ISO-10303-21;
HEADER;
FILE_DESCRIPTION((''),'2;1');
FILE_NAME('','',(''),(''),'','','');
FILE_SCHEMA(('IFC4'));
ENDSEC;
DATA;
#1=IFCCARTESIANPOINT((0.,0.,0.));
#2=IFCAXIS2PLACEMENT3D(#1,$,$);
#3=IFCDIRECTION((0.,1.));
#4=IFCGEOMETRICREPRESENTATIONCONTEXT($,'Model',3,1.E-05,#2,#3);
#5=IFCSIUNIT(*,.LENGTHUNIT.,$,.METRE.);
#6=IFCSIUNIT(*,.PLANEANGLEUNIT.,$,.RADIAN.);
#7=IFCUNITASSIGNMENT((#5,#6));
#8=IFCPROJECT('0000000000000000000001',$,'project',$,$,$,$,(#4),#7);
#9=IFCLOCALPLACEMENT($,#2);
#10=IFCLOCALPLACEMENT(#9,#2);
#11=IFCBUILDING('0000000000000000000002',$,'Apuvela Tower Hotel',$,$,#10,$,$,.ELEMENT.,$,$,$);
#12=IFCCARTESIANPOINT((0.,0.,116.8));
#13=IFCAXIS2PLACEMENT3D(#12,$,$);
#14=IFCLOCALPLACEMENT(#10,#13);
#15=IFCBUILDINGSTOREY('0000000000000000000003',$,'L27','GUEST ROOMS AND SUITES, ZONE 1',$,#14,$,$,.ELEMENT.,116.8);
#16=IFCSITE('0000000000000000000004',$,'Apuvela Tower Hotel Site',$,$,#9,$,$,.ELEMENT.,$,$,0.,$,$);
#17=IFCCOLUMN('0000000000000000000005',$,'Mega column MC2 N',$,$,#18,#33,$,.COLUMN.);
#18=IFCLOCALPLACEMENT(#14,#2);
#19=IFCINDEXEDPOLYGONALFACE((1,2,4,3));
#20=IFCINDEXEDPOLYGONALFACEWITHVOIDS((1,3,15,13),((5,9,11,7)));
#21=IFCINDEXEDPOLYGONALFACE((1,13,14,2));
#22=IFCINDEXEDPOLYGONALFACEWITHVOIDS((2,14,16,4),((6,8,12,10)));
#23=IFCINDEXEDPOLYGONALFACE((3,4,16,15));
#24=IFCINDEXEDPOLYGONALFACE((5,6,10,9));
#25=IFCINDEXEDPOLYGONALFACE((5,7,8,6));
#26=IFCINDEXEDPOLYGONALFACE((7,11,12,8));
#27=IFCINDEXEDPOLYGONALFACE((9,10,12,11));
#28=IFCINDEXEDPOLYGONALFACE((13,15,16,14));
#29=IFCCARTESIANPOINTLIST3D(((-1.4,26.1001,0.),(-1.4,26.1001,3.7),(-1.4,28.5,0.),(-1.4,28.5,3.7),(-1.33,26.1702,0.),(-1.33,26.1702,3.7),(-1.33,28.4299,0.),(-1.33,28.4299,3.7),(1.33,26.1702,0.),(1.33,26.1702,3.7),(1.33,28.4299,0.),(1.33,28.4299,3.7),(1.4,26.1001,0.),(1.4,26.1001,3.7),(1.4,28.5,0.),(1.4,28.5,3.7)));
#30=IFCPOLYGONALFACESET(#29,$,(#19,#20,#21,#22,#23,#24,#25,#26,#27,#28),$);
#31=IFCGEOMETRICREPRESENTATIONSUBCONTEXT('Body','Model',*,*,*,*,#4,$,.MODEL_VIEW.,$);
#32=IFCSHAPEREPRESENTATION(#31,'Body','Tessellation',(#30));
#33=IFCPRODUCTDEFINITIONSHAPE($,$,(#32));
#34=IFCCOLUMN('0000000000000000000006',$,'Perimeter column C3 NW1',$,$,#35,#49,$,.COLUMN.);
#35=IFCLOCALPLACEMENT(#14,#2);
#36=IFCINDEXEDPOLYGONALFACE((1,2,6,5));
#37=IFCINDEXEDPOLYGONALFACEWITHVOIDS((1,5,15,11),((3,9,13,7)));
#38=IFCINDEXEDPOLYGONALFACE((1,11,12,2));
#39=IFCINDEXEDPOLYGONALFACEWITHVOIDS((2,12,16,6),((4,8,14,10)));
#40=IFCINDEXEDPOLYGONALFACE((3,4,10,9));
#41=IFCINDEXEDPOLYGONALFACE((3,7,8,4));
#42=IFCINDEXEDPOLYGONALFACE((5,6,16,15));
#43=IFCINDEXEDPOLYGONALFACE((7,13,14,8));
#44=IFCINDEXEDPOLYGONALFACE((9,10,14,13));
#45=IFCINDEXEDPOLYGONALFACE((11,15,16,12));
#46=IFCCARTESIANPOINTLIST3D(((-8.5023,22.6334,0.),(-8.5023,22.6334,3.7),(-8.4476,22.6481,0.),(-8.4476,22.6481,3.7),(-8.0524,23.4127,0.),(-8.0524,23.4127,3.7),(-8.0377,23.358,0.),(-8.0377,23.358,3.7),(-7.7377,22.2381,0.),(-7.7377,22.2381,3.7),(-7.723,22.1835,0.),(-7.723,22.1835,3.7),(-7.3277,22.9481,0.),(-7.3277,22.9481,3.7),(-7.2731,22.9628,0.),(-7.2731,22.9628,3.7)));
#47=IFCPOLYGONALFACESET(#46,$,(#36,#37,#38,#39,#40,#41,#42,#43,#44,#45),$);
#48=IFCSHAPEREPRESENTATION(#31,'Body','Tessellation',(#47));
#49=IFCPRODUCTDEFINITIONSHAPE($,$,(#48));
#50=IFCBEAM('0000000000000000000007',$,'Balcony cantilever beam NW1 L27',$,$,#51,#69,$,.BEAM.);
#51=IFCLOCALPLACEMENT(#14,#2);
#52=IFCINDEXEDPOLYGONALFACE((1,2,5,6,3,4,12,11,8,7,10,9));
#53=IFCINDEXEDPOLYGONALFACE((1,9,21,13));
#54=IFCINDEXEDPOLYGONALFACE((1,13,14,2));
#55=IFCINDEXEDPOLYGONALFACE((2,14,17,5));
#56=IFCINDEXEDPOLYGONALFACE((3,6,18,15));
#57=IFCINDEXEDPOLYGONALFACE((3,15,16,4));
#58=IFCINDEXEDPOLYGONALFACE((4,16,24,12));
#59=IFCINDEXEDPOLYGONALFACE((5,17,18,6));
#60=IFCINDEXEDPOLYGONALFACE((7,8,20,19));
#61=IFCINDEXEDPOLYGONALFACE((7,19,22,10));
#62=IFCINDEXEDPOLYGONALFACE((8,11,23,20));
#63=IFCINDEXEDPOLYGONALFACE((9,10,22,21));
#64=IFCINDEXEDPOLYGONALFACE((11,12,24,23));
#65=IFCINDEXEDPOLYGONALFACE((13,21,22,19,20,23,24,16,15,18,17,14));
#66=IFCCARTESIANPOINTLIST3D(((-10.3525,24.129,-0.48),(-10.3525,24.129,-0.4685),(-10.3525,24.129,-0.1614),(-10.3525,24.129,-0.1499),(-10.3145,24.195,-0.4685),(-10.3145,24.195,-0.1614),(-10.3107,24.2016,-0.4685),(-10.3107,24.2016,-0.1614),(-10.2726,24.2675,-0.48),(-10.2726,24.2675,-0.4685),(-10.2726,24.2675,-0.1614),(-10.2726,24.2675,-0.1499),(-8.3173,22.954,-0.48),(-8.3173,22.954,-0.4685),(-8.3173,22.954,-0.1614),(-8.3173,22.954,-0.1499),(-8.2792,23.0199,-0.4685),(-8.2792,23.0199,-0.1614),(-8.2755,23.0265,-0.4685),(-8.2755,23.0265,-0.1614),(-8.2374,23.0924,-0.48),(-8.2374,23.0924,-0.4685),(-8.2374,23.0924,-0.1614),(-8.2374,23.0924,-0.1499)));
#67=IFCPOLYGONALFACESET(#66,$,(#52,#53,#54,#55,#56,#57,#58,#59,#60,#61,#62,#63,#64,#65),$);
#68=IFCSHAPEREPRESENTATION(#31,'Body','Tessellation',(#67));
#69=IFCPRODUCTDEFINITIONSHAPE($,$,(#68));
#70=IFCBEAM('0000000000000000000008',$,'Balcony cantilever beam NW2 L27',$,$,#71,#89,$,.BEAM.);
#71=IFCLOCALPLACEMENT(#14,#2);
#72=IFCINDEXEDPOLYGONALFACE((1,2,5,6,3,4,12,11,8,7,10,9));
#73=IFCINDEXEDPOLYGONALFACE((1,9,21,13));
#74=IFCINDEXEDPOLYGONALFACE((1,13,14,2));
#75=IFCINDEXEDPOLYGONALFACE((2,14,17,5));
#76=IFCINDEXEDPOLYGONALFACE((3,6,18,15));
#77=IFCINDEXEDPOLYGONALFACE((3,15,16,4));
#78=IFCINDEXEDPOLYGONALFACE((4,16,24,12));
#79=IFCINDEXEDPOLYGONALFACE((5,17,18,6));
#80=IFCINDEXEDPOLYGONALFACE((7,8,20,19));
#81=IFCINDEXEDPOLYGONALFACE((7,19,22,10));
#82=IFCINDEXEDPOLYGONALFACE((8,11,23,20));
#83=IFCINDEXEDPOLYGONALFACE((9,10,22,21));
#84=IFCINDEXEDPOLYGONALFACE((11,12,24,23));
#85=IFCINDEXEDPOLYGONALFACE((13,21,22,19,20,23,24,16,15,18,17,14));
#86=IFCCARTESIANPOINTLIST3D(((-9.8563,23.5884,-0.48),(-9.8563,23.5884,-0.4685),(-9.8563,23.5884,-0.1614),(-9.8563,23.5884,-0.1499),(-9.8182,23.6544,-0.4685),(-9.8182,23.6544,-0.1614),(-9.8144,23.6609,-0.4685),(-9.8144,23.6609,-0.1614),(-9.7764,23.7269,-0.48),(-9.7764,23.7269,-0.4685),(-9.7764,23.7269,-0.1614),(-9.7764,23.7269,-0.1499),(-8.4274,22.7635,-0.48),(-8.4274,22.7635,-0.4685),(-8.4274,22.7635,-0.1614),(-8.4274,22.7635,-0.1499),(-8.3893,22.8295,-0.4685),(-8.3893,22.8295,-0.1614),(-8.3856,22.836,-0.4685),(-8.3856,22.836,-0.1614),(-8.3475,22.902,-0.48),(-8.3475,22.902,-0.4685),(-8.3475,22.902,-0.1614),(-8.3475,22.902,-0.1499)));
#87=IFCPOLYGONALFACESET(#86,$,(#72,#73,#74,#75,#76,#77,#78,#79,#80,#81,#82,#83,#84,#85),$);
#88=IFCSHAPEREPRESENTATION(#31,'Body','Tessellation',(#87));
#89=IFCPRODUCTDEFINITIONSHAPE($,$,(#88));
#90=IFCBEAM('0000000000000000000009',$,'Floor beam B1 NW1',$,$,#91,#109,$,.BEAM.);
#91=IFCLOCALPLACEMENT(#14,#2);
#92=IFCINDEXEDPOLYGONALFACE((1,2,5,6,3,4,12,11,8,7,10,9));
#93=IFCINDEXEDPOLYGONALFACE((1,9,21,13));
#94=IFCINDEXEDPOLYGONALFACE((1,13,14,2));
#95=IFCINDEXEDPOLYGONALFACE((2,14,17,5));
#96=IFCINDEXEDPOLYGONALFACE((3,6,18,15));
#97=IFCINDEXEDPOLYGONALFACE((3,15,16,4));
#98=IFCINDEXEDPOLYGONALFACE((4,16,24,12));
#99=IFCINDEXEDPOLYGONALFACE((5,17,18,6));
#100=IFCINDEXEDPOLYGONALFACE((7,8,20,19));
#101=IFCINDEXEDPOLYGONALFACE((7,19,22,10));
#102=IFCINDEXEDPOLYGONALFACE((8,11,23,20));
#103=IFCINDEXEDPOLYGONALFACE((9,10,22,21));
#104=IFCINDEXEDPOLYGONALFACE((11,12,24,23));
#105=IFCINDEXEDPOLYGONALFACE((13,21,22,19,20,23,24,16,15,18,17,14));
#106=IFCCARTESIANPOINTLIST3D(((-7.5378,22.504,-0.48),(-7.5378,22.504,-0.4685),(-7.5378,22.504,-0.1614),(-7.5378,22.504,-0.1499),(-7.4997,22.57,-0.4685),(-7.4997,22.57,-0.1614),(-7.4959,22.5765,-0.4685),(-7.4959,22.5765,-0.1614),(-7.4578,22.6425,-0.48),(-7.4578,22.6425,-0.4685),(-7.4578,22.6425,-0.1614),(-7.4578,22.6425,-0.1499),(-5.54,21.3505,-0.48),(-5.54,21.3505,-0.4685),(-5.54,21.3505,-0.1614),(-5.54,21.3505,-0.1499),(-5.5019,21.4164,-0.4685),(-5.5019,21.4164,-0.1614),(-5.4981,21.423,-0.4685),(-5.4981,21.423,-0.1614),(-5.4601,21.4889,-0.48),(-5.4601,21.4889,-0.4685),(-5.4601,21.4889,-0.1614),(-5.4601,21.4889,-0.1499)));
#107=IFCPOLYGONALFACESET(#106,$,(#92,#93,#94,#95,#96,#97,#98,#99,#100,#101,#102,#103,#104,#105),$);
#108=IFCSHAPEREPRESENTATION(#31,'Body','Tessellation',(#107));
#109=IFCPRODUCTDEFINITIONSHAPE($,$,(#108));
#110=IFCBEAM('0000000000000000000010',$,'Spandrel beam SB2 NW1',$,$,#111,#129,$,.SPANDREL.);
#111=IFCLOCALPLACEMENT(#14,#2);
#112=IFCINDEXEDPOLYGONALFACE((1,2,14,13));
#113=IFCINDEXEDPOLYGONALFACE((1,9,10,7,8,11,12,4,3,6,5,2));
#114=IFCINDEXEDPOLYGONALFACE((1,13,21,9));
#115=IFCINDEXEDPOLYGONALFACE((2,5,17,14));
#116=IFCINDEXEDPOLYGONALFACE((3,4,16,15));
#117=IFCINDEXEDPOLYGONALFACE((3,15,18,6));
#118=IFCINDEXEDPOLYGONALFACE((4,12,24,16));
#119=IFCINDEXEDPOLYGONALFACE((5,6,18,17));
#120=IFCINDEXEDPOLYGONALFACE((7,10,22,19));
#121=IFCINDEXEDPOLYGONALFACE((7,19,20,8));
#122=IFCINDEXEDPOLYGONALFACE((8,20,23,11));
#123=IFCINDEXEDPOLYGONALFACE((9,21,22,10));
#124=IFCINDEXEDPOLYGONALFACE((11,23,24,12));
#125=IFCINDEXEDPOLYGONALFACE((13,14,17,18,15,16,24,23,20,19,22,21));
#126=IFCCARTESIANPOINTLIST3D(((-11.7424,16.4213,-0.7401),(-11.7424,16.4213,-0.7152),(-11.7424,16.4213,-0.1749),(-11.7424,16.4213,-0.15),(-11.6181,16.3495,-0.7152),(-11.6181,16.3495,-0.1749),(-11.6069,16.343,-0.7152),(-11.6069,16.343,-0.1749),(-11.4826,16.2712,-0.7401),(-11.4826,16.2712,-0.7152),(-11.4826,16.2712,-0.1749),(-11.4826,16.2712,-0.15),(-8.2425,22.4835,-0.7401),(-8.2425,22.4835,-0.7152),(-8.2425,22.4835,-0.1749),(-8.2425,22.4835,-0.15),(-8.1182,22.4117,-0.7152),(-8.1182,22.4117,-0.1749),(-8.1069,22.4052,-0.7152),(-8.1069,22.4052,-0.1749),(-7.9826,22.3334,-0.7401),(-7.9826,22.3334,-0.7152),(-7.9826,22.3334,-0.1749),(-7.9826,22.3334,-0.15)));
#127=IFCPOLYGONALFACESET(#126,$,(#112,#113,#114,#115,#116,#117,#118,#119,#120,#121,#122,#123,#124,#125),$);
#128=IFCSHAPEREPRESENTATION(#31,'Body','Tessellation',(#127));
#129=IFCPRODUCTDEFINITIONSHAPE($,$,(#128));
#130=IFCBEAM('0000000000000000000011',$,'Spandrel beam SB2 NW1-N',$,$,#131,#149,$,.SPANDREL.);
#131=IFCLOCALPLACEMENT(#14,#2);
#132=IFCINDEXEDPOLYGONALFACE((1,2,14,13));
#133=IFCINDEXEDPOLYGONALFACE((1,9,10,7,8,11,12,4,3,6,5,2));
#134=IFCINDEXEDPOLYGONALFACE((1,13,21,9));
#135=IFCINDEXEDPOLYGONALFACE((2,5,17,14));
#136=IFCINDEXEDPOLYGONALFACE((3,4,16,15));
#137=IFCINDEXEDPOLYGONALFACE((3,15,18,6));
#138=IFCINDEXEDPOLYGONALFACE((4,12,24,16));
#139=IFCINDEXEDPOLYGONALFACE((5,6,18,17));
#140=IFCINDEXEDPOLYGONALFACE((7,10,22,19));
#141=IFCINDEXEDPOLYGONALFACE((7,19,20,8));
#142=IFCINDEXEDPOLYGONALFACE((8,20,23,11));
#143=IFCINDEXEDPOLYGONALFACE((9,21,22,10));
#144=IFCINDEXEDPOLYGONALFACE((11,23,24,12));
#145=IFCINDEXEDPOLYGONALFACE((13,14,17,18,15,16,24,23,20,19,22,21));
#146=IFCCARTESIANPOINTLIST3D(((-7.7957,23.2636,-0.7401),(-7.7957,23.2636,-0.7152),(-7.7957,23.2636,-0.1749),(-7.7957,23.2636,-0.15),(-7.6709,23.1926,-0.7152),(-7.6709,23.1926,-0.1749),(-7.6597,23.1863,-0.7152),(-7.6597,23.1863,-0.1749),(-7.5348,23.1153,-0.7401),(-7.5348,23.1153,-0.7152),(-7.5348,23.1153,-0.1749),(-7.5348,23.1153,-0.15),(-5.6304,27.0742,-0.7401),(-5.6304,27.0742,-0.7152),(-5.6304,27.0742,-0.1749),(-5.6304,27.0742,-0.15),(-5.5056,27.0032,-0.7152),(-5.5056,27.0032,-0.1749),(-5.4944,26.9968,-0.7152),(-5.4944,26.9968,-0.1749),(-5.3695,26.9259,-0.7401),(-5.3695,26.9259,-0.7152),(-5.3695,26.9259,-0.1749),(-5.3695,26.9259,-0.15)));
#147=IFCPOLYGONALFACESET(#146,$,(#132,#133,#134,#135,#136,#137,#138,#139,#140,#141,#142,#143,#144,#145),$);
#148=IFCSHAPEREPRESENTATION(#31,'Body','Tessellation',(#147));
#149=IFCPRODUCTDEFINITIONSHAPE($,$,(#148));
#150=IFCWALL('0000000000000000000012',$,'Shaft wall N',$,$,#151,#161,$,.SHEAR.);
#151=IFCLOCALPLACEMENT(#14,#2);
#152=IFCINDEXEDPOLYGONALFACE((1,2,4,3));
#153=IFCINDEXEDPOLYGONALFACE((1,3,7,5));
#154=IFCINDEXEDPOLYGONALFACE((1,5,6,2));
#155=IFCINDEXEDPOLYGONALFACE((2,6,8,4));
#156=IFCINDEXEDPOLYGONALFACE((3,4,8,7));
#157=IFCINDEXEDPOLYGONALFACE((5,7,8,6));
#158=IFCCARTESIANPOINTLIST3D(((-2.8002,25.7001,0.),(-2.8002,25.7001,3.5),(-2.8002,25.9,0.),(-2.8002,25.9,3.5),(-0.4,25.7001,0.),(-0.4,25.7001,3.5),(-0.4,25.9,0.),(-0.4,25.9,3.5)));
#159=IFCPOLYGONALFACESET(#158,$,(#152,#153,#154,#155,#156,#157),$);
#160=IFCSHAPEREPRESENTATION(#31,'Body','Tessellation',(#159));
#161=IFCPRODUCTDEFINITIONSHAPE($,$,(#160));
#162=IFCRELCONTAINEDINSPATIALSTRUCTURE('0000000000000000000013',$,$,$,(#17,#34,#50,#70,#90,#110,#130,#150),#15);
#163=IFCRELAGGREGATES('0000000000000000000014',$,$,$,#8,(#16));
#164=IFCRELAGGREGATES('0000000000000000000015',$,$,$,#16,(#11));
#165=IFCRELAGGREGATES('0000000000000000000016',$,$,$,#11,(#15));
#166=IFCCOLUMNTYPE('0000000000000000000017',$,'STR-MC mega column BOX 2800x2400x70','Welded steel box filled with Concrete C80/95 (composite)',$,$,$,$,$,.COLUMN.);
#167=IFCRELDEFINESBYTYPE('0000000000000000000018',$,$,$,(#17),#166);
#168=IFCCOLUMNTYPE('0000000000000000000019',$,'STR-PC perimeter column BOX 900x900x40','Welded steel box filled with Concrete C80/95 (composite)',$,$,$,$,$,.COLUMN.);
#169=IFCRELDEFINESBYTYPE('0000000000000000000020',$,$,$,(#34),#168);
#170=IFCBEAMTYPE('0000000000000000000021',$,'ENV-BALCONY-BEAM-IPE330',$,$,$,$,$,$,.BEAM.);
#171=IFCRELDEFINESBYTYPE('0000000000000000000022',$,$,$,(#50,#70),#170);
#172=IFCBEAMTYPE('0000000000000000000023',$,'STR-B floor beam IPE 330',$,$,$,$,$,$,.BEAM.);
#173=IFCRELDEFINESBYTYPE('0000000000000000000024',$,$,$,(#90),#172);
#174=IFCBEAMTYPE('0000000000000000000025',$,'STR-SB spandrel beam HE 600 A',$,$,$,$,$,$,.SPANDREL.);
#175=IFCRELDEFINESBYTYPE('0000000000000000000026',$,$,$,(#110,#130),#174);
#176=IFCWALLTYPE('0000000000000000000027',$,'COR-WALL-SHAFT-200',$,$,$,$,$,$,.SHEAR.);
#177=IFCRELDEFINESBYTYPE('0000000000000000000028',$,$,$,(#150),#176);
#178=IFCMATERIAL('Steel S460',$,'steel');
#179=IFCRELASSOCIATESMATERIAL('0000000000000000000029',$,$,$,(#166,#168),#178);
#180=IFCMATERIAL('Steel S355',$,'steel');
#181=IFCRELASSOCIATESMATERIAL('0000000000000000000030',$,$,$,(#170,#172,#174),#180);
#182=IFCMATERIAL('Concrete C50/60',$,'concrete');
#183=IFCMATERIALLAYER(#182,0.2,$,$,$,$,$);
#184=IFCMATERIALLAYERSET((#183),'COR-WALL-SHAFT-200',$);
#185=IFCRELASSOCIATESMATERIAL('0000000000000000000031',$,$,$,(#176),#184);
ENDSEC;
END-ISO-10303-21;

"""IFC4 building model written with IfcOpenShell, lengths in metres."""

from ifc_helpers import new_model, si_unit, direction, frame, frame_2d, origin, origin_2d, place, context, subcontext, project, spatial, rectangle, hollow_rectangle, i_section, extrude, material, layer, layer_set, material_profile, profile_set, type_object, element, save


model = new_model("IFC4")

# Units and contexts
model_context = context("Model", 3, precision=1e-05, world=origin(), true_north=direction((0.0, 1.0)))
body_context = subcontext(model_context, "Body", "Model", "MODEL_VIEW")
ifc_project = project(units=[si_unit("LENGTHUNIT", "METRE"), si_unit("PLANEANGLEUNIT", "RADIAN")], contexts=[model_context])

# Site, building, storey
site_placement = place(None, origin())
site = spatial("IfcSite", under=ifc_project, at=site_placement, Name="Apuvela Tower Hotel Site", CompositionType="ELEMENT", RefElevation=0.0)
building_placement = place(site_placement, origin())
building = spatial("IfcBuilding", under=site, at=building_placement, Name="Apuvela Tower Hotel", CompositionType="ELEMENT")
storey_placement = place(building_placement, frame((0.0, 0.0, 116.8)))
storey = spatial("IfcBuildingStorey", under=building, at=storey_placement, Name="L27", Description="GUEST ROOMS AND SUITES, ZONE 1", CompositionType="ELEMENT", Elevation=116.8)

# Columns
ifc_material_1 = material(Name="Steel S460", Category="steel")
ifc_material_profile_1 = material_profile(ifc_material_1, hollow_rectangle(XDim=2.8, YDim=2.3999, WallThickness=0.0701, at=origin_2d()), Name="BOX 2800x2400x70")
ifc_material_2 = material(Name="Concrete C80/95", Category="concrete")
ifc_material_profile_2 = material_profile(ifc_material_2, rectangle(XDim=2.6599, YDim=2.26, at=origin_2d()), Name="Concrete C80/95 infill")
ifc_profile_set_1 = profile_set([ifc_material_profile_1, ifc_material_profile_2], Name="Steel S460")
column_type_1 = type_object("IfcColumnType", Name="STR-MC mega column BOX 2800x2400x70", Description="Welded steel box filled with Concrete C80/95 (composite)", PredefinedType="COLUMN", material=ifc_profile_set_1)
column_1_placement = place(storey_placement, frame((0.0, 27.3, 0.0), z_axis=(0.0, 0.0, 1.0), x_axis=(1.0, 0.0, 0.0)))
element("IfcColumn", 1, at=column_1_placement, inside=storey, type_object=column_type_1, Name="Mega column MC2 N", PredefinedType="COLUMN", context=body_context, shape_type="SweptSolid", body=[
    extrude(hollow_rectangle(XDim=2.8, YDim=2.3999, WallThickness=0.0701, at=origin_2d()), origin(), (0.0, 0.0, 1.0), 3.7),
])
ifc_material_profile_3 = material_profile(ifc_material_1, hollow_rectangle(XDim=0.8999, YDim=0.8999, WallThickness=0.04, at=origin_2d()), Name="BOX 900x900x40")
ifc_material_profile_4 = material_profile(ifc_material_2, rectangle(XDim=0.8201, YDim=0.8201, at=origin_2d()), Name="Concrete C80/95 infill")
ifc_profile_set_2 = profile_set([ifc_material_profile_3, ifc_material_profile_4], Name="Steel S460")
column_type_2 = type_object("IfcColumnType", Name="STR-PC perimeter column BOX 900x900x40", Description="Welded steel box filled with Concrete C80/95 (composite)", PredefinedType="COLUMN", material=ifc_profile_set_2)
column_2_placement = place(storey_placement, frame((-7.8877, 22.7981, 0.0), z_axis=(0.0, 0.0, 1.0), x_axis=(0.5, 0.866025, 0.0)))
element("IfcColumn", 2, at=column_2_placement, inside=storey, type_object=column_type_2, Name="Perimeter column C3 NW1", PredefinedType="COLUMN", context=body_context, shape_type="SweptSolid", body=[
    extrude(hollow_rectangle(XDim=0.8999, YDim=0.8999, WallThickness=0.04, at=origin_2d()), origin(), (0.0, 0.0, 1.0), 3.7),
])

# Beams
ifc_material_3 = material(Name="Steel S355", Category="steel")
ifc_material_profile_5 = material_profile(ifc_material_3, i_section(OverallWidth=0.1599, OverallDepth=0.3301, WebThickness=0.0076, FlangeThickness=0.0115, at=origin_2d()), Name="IPE 330")
ifc_profile_set_3 = profile_set([ifc_material_profile_5], Name="Steel S355")
beam_type_1 = type_object("IfcBeamType", Name="ENV-BALCONY-BEAM-IPE330", PredefinedType="BEAM", material=ifc_profile_set_3)
beam_1_placement = place(storey_placement, frame((-8.2773, 23.0232, -0.3149), z_axis=(-0.866016, 0.500016, 0.0), x_axis=(-0.500016, -0.866016, 0.0)))
element("IfcBeam", 3, at=beam_1_placement, inside=storey, type_object=beam_type_1, Name="Balcony cantilever beam NW1 L27", PredefinedType="BEAM", context=body_context, shape_type="SweptSolid", body=[
    extrude(i_section(OverallWidth=0.1599, OverallDepth=0.3301, WebThickness=0.0076, FlangeThickness=0.0115, at=origin_2d()), origin(), (0.0, 0.0, 1.0), 2.3501),
])
beam_2_placement = place(storey_placement, frame((-8.3875, 22.8328, -0.3149), z_axis=(-0.86604, 0.499974, 0.0), x_axis=(-0.499974, -0.86604, 0.0)))
element("IfcBeam", 4, at=beam_2_placement, inside=storey, type_object=beam_type_1, Name="Balcony cantilever beam NW2 L27", PredefinedType="BEAM", context=body_context, shape_type="SweptSolid", body=[
    extrude(i_section(OverallWidth=0.1599, OverallDepth=0.3301, WebThickness=0.0076, FlangeThickness=0.0115, at=origin_2d()), origin(), (0.0, 0.0, 1.0), 1.6499),
])
ifc_material_profile_6 = material_profile(ifc_material_3, i_section(OverallWidth=0.1599, OverallDepth=0.3301, WebThickness=0.0076, FlangeThickness=0.0115, at=origin_2d()), Name="IPE 330")
ifc_profile_set_4 = profile_set([ifc_material_profile_6], Name="Steel S355")
beam_type_2 = type_object("IfcBeamType", Name="STR-B floor beam IPE 330", PredefinedType="BEAM", material=ifc_profile_set_4)
beam_3_placement = place(storey_placement, frame((-7.4978, 22.5732, -0.3149), z_axis=(0.866001, -0.500043, 0.0), x_axis=(0.500043, 0.866001, 0.0)))
element("IfcBeam", 5, at=beam_3_placement, inside=storey, type_object=beam_type_2, Name="Floor beam B1 NW1", PredefinedType="BEAM", context=body_context, shape_type="SweptSolid", body=[
    extrude(i_section(OverallWidth=0.1599, OverallDepth=0.3301, WebThickness=0.0076, FlangeThickness=0.0115, at=origin_2d()), origin(), (0.0, 0.0, 1.0), 2.3069),
])
ifc_material_profile_7 = material_profile(ifc_material_3, i_section(OverallWidth=0.3, OverallDepth=0.5901, WebThickness=0.0129, FlangeThickness=0.0249, at=origin_2d()), Name="HE 600 A")
ifc_profile_set_5 = profile_set([ifc_material_profile_7], Name="Steel S355")
beam_type_3 = type_object("IfcBeamType", Name="STR-SB spandrel beam HE 600 A", PredefinedType="SPANDREL", material=ifc_profile_set_5)
beam_4_placement = place(storey_placement, frame((-8.1125, 22.4084, -0.4451), z_axis=(-0.499995, -0.866028, 0.0), x_axis=(0.866028, -0.499995, 0.0)))
element("IfcBeam", 6, at=beam_4_placement, inside=storey, type_object=beam_type_3, Name="Spandrel beam SB2 NW1", PredefinedType="SPANDREL", context=body_context, shape_type="SweptSolid", body=[
    extrude(i_section(OverallWidth=0.3, OverallDepth=0.5901, WebThickness=0.0129, FlangeThickness=0.0249, at=origin_2d()), origin(), (0.0, 0.0, 1.0), 7.0),
])
beam_5_placement = place(storey_placement, frame((-7.6653, 23.1895, -0.4451), z_axis=(0.494044, 0.869437, 0.0), x_axis=(-0.869437, 0.494044, 0.0)))
element("IfcBeam", 7, at=beam_5_placement, inside=storey, type_object=beam_type_3, Name="Spandrel beam SB2 NW1-N", PredefinedType="SPANDREL", context=body_context, shape_type="SweptSolid", body=[
    extrude(i_section(OverallWidth=0.3, OverallDepth=0.5901, WebThickness=0.0129, FlangeThickness=0.0249, at=origin_2d()), origin(), (0.0, 0.0, 1.0), 4.3828),
])

# Wall
ifc_material_4 = material(Name="Concrete C50/60", Category="concrete")
ifc_layer_1 = layer(ifc_material_4, 0.2)
ifc_layer_set_1 = layer_set([ifc_layer_1], Name="COR-WALL-SHAFT-200")
wall_type_1 = type_object("IfcWallType", Name="COR-WALL-SHAFT-200", PredefinedType="SHEAR", material=ifc_layer_set_1)
wall_1_placement = place(storey_placement, frame((-0.3999, 25.8, 0.0), z_axis=(0.0, 0.0, 1.0), x_axis=(-1.0, 0.0, 0.0)))
element("IfcWall", 8, at=wall_1_placement, inside=storey, type_object=wall_type_1, Name="Shaft wall N", PredefinedType="SHEAR", context=body_context, shape_type="SweptSolid", body=[
    extrude(rectangle(XDim=2.4001, YDim=0.2, at=frame_2d((1.2002, 0.0))), origin(), (0.0, 0.0, 1.0), 3.5),
])

save(model, "model.ifc")
